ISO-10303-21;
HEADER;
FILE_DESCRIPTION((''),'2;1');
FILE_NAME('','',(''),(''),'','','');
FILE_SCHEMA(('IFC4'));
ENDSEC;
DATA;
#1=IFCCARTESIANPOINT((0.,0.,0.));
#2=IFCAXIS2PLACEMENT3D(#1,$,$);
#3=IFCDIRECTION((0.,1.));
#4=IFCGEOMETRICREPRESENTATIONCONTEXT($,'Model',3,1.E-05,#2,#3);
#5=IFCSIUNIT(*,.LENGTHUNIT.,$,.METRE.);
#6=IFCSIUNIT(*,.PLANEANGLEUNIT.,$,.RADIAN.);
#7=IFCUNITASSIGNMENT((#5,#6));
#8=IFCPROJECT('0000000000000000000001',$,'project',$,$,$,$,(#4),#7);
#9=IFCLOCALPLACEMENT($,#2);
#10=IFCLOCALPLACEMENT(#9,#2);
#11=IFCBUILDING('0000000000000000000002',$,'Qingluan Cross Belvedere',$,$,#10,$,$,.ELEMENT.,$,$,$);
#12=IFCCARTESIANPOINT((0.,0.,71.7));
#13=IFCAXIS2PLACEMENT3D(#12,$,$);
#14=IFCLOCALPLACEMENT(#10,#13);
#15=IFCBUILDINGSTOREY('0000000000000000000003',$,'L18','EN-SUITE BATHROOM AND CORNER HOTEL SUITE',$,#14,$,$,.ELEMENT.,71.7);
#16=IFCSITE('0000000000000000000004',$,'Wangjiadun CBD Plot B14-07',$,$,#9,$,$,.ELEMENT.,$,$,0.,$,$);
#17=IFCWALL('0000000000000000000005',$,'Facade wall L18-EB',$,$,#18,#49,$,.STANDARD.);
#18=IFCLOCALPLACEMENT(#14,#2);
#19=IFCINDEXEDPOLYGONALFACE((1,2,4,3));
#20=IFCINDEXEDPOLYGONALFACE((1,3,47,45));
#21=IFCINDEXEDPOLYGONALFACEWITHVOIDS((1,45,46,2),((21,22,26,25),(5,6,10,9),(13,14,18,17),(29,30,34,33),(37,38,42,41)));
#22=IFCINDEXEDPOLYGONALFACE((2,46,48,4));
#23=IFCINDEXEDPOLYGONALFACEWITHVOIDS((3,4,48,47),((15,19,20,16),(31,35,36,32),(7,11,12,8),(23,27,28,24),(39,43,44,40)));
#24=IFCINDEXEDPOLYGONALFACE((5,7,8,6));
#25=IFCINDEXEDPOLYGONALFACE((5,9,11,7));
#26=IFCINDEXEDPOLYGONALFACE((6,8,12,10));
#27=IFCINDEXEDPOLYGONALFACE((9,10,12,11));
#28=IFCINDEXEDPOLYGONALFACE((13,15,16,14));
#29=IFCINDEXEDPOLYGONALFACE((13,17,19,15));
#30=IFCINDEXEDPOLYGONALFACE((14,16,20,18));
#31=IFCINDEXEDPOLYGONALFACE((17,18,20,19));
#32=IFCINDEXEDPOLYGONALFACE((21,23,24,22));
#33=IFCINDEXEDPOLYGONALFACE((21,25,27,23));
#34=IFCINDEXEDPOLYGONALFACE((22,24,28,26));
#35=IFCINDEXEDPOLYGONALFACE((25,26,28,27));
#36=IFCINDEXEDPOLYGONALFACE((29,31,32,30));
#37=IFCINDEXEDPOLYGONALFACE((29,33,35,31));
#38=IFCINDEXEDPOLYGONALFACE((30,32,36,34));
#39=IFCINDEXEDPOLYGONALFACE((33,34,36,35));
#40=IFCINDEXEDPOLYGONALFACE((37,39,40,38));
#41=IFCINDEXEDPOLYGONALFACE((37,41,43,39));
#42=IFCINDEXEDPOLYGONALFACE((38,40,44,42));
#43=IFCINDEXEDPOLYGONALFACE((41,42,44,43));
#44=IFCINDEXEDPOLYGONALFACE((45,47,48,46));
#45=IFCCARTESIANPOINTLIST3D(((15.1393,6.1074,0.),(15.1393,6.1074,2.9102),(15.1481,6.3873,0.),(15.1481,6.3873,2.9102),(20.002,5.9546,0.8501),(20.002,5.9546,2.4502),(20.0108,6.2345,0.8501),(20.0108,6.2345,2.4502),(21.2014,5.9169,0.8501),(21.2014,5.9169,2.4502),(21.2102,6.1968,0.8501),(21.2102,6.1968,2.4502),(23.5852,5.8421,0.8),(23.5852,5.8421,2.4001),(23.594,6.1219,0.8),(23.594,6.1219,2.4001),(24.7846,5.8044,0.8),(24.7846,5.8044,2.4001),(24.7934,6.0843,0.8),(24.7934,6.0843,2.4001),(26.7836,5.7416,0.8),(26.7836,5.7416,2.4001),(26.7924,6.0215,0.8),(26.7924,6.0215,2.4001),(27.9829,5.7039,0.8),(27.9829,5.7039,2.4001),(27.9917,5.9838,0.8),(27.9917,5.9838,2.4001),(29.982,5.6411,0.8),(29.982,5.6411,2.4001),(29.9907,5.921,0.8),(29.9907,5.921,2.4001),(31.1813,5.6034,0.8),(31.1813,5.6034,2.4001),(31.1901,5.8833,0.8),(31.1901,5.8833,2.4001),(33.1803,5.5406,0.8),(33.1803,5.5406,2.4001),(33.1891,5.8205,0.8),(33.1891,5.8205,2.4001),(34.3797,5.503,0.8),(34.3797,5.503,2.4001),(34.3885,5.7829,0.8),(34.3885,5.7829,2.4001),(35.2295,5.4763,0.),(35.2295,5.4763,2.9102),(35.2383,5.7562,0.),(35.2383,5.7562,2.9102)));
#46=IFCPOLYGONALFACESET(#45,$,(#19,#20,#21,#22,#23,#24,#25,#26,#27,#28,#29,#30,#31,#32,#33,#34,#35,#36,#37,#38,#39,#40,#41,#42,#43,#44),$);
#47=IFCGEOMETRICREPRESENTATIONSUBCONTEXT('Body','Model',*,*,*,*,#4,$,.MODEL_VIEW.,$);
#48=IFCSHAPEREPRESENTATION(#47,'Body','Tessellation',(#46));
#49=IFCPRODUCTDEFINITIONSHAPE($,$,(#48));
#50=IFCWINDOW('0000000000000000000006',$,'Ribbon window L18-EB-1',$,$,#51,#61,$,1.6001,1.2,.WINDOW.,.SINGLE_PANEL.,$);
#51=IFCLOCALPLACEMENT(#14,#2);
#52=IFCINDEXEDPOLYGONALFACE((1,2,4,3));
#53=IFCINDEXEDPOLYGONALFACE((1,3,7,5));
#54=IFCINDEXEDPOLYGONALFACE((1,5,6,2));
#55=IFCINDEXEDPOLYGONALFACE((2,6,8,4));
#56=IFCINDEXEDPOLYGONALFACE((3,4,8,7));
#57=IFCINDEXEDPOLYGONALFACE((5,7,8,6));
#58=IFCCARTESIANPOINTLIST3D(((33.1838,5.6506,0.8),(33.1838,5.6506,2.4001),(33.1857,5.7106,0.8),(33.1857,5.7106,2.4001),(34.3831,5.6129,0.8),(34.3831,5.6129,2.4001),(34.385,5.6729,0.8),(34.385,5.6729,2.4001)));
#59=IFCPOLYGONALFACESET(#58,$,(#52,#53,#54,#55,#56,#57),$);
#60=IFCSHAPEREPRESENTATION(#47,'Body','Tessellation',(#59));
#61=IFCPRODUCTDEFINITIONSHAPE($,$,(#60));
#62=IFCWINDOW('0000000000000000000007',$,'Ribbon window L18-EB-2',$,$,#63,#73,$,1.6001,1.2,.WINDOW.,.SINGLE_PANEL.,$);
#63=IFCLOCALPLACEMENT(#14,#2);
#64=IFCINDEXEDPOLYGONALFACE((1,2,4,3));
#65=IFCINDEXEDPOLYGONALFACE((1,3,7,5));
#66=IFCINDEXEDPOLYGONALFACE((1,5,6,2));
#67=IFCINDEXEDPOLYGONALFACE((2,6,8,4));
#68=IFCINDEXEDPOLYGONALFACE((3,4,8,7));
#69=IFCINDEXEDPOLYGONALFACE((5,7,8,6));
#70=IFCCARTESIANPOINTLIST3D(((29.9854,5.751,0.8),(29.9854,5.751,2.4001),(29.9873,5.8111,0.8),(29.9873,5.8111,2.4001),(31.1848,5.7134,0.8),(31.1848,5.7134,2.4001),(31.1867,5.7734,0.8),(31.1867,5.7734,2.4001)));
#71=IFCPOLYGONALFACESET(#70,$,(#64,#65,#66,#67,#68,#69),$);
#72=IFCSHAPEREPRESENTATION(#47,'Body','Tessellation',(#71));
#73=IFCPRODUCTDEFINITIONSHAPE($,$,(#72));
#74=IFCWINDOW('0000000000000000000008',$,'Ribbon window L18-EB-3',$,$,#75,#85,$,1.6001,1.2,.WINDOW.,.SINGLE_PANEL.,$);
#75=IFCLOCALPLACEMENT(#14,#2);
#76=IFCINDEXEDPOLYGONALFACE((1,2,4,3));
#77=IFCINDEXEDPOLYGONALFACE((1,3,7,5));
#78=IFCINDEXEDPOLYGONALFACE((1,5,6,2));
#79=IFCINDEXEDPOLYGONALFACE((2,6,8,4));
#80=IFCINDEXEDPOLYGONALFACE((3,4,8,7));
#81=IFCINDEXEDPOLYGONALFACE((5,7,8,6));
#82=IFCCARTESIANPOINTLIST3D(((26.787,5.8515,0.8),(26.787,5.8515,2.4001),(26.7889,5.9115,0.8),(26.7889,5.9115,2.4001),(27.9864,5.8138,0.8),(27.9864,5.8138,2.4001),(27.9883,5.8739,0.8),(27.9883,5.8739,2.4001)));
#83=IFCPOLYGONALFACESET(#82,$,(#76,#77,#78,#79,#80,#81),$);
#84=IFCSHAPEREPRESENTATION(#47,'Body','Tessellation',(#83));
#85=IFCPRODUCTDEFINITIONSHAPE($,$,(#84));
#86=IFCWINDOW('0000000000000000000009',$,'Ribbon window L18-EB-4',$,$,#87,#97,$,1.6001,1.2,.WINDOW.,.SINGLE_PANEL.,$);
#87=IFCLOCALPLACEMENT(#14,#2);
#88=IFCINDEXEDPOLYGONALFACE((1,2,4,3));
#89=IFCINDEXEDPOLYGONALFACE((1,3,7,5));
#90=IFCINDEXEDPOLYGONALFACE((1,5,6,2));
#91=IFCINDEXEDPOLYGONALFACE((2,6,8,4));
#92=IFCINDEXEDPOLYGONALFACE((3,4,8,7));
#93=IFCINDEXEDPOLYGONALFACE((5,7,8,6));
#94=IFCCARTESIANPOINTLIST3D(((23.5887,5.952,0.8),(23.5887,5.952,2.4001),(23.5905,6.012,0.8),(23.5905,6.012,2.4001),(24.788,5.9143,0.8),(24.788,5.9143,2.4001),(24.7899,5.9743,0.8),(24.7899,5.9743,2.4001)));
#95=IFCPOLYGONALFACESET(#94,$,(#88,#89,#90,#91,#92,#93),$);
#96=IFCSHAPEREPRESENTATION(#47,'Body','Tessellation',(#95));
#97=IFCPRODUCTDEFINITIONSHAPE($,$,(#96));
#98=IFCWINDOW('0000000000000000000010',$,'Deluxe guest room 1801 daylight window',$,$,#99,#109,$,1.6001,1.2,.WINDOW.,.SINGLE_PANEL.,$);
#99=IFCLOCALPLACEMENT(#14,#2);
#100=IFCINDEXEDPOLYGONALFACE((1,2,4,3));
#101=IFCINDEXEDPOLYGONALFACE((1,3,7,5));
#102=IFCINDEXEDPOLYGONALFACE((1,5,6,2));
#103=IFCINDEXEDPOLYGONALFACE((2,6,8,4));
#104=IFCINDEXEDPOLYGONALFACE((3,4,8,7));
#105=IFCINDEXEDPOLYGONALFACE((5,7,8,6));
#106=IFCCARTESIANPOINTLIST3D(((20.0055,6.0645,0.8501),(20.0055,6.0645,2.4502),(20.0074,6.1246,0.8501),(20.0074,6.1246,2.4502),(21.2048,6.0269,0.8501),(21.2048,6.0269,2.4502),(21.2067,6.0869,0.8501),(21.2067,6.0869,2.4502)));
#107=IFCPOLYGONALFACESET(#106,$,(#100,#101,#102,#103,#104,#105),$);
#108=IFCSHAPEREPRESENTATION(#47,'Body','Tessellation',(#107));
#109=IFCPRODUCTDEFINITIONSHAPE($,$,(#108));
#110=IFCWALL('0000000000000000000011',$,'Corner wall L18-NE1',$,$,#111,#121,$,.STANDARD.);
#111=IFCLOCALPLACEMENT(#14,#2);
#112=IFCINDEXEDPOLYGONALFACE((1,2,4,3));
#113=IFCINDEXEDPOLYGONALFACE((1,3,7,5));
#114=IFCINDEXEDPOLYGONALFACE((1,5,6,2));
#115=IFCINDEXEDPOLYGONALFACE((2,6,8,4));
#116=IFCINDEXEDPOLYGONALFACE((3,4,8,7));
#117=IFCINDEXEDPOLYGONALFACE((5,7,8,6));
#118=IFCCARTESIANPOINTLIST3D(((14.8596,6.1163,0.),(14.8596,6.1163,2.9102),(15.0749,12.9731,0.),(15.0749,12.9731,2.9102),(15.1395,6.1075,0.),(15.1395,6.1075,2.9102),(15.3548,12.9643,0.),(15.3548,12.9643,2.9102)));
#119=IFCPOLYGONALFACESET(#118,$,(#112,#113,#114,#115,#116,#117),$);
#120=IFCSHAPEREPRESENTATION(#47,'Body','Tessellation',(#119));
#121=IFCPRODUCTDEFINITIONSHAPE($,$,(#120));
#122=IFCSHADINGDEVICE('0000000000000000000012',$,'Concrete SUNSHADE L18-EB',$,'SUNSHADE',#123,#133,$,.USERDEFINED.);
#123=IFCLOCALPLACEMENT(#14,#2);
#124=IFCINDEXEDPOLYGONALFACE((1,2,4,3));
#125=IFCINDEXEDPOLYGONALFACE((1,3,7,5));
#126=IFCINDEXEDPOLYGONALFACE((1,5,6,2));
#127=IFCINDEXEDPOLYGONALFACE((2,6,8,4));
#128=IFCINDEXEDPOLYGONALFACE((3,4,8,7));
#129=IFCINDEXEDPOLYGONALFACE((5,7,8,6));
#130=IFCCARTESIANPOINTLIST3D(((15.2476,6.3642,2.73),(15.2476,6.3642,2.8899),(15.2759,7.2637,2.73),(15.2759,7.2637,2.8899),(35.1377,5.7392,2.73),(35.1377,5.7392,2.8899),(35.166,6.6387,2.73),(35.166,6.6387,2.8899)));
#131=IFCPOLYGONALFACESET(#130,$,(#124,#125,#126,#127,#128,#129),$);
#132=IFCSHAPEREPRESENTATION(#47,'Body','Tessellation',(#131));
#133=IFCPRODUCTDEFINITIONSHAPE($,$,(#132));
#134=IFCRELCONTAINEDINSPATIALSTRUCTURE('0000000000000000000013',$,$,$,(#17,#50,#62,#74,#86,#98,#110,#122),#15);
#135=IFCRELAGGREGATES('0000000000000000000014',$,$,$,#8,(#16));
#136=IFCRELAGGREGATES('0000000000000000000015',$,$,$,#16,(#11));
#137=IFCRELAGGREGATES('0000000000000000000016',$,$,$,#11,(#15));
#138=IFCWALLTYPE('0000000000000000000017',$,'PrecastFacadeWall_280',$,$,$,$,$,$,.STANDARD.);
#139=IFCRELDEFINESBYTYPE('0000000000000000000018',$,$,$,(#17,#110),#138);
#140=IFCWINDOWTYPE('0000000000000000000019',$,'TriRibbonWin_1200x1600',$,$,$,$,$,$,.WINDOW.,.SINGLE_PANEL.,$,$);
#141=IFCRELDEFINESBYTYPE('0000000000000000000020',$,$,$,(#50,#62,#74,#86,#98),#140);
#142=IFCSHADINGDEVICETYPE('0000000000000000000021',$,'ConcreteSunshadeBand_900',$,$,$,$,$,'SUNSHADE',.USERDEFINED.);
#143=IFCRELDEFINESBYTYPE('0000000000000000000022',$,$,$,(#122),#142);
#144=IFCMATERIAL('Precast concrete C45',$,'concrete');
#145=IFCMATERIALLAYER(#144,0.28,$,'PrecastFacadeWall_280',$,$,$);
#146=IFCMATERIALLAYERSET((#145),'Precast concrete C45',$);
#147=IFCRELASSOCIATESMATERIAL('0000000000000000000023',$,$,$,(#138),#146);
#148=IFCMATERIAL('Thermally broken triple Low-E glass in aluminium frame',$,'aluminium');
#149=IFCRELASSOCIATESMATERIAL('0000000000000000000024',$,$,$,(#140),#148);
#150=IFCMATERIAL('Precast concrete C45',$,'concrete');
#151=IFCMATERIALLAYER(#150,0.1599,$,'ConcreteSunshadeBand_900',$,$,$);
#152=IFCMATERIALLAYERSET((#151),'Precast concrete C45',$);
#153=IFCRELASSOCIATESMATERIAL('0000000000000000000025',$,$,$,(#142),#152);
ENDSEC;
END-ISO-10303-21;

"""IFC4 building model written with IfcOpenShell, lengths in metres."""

from ifc_helpers import new_model, si_unit, direction, frame, frame_2d, origin, origin_2d, place, context, subcontext, project, spatial, rectangle, extrude, material, layer, layer_set, type_object, element, fill, save


model = new_model("IFC4")

# Units and contexts
model_context = context("Model", 3, precision=1e-05, world=origin(), true_north=direction((0.0, 1.0)))
body_context = subcontext(model_context, "Body", "Model", "MODEL_VIEW")
ifc_project = project(units=[si_unit("LENGTHUNIT", "METRE"), si_unit("PLANEANGLEUNIT", "RADIAN")], contexts=[model_context])

# Site, building, storey
site_placement = place(None, origin())
site = spatial("IfcSite", under=ifc_project, at=site_placement, Name="Wangjiadun CBD Plot B14-07", CompositionType="ELEMENT", RefElevation=0.0)
building_placement = place(site_placement, origin())
building = spatial("IfcBuilding", under=site, at=building_placement, Name="Qingluan Cross Belvedere", CompositionType="ELEMENT")
storey_placement = place(building_placement, frame((0.0, 0.0, 71.7)))
storey = spatial("IfcBuildingStorey", under=building, at=storey_placement, Name="L18", Description="EN-SUITE BATHROOM AND CORNER HOTEL SUITE", CompositionType="ELEMENT", Elevation=71.7)

# Wall, openings, windows
ifc_material_1 = material(Name="Precast concrete C45", Category="concrete")
ifc_layer_1 = layer(ifc_material_1, 0.28, Name="PrecastFacadeWall_280")
ifc_layer_set_1 = layer_set([ifc_layer_1], Name="Precast concrete C45")
wall_type_1 = type_object("IfcWallType", Name="PrecastFacadeWall_280", PredefinedType="STANDARD", material=ifc_layer_set_1)
wall_1_placement = place(storey_placement, frame((35.2339, 5.6162, 0.0), z_axis=(0.0, 0.0, 1.0), x_axis=(-0.999507, 0.031398, 0.0)))
wall_1 = element("IfcWall", 1, at=wall_1_placement, inside=storey, type_object=wall_type_1, Name="Facade wall L18-EB", PredefinedType="STANDARD", context=body_context, shape_type="SweptSolid", body=[
    extrude(rectangle(XDim=20.1001, YDim=0.28, at=frame_2d((10.05, 0.0))), origin(), (0.0, 0.0, 1.0), 2.9102),
])
opening_1_placement = place(wall_1_placement, frame((0.8501, 0.0, 0.8)))
opening_1 = element("IfcOpeningElement", 2, at=opening_1_placement, cuts=wall_1, PredefinedType="OPENING", context=body_context, shape_type="SweptSolid", body=[
    extrude(rectangle(XDim=1.2, YDim=1.6001, at=frame_2d((0.6001, 0.8))), frame((0.0, 0.1499, 0.0), z_axis=(0.0, -1.0, 0.0), x_axis=(1.0, 0.0, 0.0)), (0.0, 0.0, 1.0), 0.3),
])
opening_2_placement = place(wall_1_placement, frame((4.05, 0.0, 0.8)))
opening_2 = element("IfcOpeningElement", 3, at=opening_2_placement, cuts=wall_1, PredefinedType="OPENING", context=body_context, shape_type="SweptSolid", body=[
    extrude(rectangle(XDim=1.2, YDim=1.6001, at=frame_2d((0.6001, 0.8))), frame((0.0, 0.1499, 0.0), z_axis=(0.0, -1.0, 0.0), x_axis=(1.0, 0.0, 0.0)), (0.0, 0.0, 1.0), 0.3),
])
opening_3_placement = place(wall_1_placement, frame((7.25, 0.0, 0.8)))
opening_3 = element("IfcOpeningElement", 4, at=opening_3_placement, cuts=wall_1, PredefinedType="OPENING", context=body_context, shape_type="SweptSolid", body=[
    extrude(rectangle(XDim=1.2, YDim=1.6001, at=frame_2d((0.6001, 0.8))), frame((0.0, 0.1499, 0.0), z_axis=(0.0, -1.0, 0.0), x_axis=(1.0, 0.0, 0.0)), (0.0, 0.0, 1.0), 0.3),
])
opening_4_placement = place(wall_1_placement, frame((10.45, 0.0, 0.8)))
opening_4 = element("IfcOpeningElement", 5, at=opening_4_placement, cuts=wall_1, PredefinedType="OPENING", context=body_context, shape_type="SweptSolid", body=[
    extrude(rectangle(XDim=1.2, YDim=1.6001, at=frame_2d((0.6001, 0.8))), frame((0.0, 0.1499, 0.0), z_axis=(0.0, -1.0, 0.0), x_axis=(1.0, 0.0, 0.0)), (0.0, 0.0, 1.0), 0.3),
])
opening_5_placement = place(wall_1_placement, frame((14.0349, 0.0, 0.8501)))
opening_5 = element("IfcOpeningElement", 6, at=opening_5_placement, cuts=wall_1, PredefinedType="OPENING", context=body_context, shape_type="SweptSolid", body=[
    extrude(rectangle(XDim=1.2, YDim=1.6001, at=frame_2d((0.6001, 0.8))), frame((0.0, 0.1499, 0.0), z_axis=(0.0, -1.0, 0.0), x_axis=(1.0, 0.0, 0.0)), (0.0, 0.0, 1.0), 0.3),
])
ifc_material_2 = material(Name="Thermally broken triple Low-E glass in aluminium frame", Category="aluminium")
window_type = type_object("IfcWindowType", Name="TriRibbonWin_1200x1600", PartitioningType="SINGLE_PANEL", PredefinedType="WINDOW", material=ifc_material_2)
window_1_placement = place(opening_1_placement, origin())
window_1 = element("IfcWindow", 7, at=window_1_placement, inside=storey, type_object=window_type, Name="Ribbon window L18-EB-1", OverallHeight=1.6001, OverallWidth=1.2, PartitioningType="SINGLE_PANEL", PredefinedType="WINDOW", context=body_context, shape_type="SweptSolid", body=[
    extrude(rectangle(XDim=1.2, YDim=1.6001, at=frame_2d((0.6001, 0.8))), frame((0.0, 0.03, 0.0), z_axis=(0.0, -1.0, 0.0), x_axis=(1.0, 0.0, 0.0)), (0.0, 0.0, 1.0), 0.0601),
])
fill(opening_1, window_1)
window_2_placement = place(opening_2_placement, origin())
window_2 = element("IfcWindow", 8, at=window_2_placement, inside=storey, type_object=window_type, Name="Ribbon window L18-EB-2", OverallHeight=1.6001, OverallWidth=1.2, PartitioningType="SINGLE_PANEL", PredefinedType="WINDOW", context=body_context, shape_type="SweptSolid", body=[
    extrude(rectangle(XDim=1.2, YDim=1.6001, at=frame_2d((0.6001, 0.8))), frame((0.0, 0.03, 0.0), z_axis=(0.0, -1.0, 0.0), x_axis=(1.0, 0.0, 0.0)), (0.0, 0.0, 1.0), 0.0601),
])
fill(opening_2, window_2)
window_3_placement = place(opening_3_placement, origin())
window_3 = element("IfcWindow", 9, at=window_3_placement, inside=storey, type_object=window_type, Name="Ribbon window L18-EB-3", OverallHeight=1.6001, OverallWidth=1.2, PartitioningType="SINGLE_PANEL", PredefinedType="WINDOW", context=body_context, shape_type="SweptSolid", body=[
    extrude(rectangle(XDim=1.2, YDim=1.6001, at=frame_2d((0.6001, 0.8))), frame((0.0, 0.03, 0.0), z_axis=(0.0, -1.0, 0.0), x_axis=(1.0, 0.0, 0.0)), (0.0, 0.0, 1.0), 0.0601),
])
fill(opening_3, window_3)
window_4_placement = place(opening_4_placement, origin())
window_4 = element("IfcWindow", 10, at=window_4_placement, inside=storey, type_object=window_type, Name="Ribbon window L18-EB-4", OverallHeight=1.6001, OverallWidth=1.2, PartitioningType="SINGLE_PANEL", PredefinedType="WINDOW", context=body_context, shape_type="SweptSolid", body=[
    extrude(rectangle(XDim=1.2, YDim=1.6001, at=frame_2d((0.6001, 0.8))), frame((0.0, 0.03, 0.0), z_axis=(0.0, -1.0, 0.0), x_axis=(1.0, 0.0, 0.0)), (0.0, 0.0, 1.0), 0.0601),
])
fill(opening_4, window_4)
window_5_placement = place(opening_5_placement, origin())
window_5 = element("IfcWindow", 11, at=window_5_placement, inside=storey, type_object=window_type, Name="Deluxe guest room 1801 daylight window", OverallHeight=1.6001, OverallWidth=1.2, PartitioningType="SINGLE_PANEL", PredefinedType="WINDOW", context=body_context, shape_type="SweptSolid", body=[
    extrude(rectangle(XDim=1.2, YDim=1.6001, at=frame_2d((0.6001, 0.8))), frame((0.0, 0.03, 0.0), z_axis=(0.0, -1.0, 0.0), x_axis=(1.0, 0.0, 0.0)), (0.0, 0.0, 1.0), 0.0601),
])
fill(opening_5, window_5)

# Wall
wall_2_placement = place(storey_placement, frame((14.9995, 6.1118, 0.0), z_axis=(0.0, 0.0, 1.0), x_axis=(0.031389, 0.999507, 0.0)))
element("IfcWall", 12, at=wall_2_placement, inside=storey, type_object=wall_type_1, Name="Corner wall L18-NE1", PredefinedType="STANDARD", context=body_context, shape_type="SweptSolid", body=[
    extrude(rectangle(XDim=6.8601, YDim=0.28, at=frame_2d((3.4302, 0.0))), origin(), (0.0, 0.0, 1.0), 2.9102),
])

# Shading device
ifc_material_3 = material(Name="Precast concrete C45", Category="concrete")
ifc_layer_2 = layer(ifc_material_3, 0.1599, Name="ConcreteSunshadeBand_900")
ifc_layer_set_2 = layer_set([ifc_layer_2], Name="Precast concrete C45")
shading_device_type = type_object("IfcShadingDeviceType", Name="ConcreteSunshadeBand_900", ElementType="SUNSHADE", PredefinedType="USERDEFINED", material=ifc_layer_set_2)
shading_device_placement = place(storey_placement, frame((25.2068, 6.5015, 2.73), z_axis=(0.0, 0.0, 1.0), x_axis=(-0.999507, 0.031408, 0.0)))
element("IfcShadingDevice", 13, at=shading_device_placement, inside=storey, type_object=shading_device_type, Name="Concrete SUNSHADE L18-EB", ObjectType="SUNSHADE", PredefinedType="USERDEFINED", context=body_context, shape_type="SweptSolid", body=[
    extrude(rectangle(XDim=19.8999, YDim=0.8999, at=origin_2d()), origin(), (0.0, 0.0, 1.0), 0.1599),
])

save(model, "model.ifc")
